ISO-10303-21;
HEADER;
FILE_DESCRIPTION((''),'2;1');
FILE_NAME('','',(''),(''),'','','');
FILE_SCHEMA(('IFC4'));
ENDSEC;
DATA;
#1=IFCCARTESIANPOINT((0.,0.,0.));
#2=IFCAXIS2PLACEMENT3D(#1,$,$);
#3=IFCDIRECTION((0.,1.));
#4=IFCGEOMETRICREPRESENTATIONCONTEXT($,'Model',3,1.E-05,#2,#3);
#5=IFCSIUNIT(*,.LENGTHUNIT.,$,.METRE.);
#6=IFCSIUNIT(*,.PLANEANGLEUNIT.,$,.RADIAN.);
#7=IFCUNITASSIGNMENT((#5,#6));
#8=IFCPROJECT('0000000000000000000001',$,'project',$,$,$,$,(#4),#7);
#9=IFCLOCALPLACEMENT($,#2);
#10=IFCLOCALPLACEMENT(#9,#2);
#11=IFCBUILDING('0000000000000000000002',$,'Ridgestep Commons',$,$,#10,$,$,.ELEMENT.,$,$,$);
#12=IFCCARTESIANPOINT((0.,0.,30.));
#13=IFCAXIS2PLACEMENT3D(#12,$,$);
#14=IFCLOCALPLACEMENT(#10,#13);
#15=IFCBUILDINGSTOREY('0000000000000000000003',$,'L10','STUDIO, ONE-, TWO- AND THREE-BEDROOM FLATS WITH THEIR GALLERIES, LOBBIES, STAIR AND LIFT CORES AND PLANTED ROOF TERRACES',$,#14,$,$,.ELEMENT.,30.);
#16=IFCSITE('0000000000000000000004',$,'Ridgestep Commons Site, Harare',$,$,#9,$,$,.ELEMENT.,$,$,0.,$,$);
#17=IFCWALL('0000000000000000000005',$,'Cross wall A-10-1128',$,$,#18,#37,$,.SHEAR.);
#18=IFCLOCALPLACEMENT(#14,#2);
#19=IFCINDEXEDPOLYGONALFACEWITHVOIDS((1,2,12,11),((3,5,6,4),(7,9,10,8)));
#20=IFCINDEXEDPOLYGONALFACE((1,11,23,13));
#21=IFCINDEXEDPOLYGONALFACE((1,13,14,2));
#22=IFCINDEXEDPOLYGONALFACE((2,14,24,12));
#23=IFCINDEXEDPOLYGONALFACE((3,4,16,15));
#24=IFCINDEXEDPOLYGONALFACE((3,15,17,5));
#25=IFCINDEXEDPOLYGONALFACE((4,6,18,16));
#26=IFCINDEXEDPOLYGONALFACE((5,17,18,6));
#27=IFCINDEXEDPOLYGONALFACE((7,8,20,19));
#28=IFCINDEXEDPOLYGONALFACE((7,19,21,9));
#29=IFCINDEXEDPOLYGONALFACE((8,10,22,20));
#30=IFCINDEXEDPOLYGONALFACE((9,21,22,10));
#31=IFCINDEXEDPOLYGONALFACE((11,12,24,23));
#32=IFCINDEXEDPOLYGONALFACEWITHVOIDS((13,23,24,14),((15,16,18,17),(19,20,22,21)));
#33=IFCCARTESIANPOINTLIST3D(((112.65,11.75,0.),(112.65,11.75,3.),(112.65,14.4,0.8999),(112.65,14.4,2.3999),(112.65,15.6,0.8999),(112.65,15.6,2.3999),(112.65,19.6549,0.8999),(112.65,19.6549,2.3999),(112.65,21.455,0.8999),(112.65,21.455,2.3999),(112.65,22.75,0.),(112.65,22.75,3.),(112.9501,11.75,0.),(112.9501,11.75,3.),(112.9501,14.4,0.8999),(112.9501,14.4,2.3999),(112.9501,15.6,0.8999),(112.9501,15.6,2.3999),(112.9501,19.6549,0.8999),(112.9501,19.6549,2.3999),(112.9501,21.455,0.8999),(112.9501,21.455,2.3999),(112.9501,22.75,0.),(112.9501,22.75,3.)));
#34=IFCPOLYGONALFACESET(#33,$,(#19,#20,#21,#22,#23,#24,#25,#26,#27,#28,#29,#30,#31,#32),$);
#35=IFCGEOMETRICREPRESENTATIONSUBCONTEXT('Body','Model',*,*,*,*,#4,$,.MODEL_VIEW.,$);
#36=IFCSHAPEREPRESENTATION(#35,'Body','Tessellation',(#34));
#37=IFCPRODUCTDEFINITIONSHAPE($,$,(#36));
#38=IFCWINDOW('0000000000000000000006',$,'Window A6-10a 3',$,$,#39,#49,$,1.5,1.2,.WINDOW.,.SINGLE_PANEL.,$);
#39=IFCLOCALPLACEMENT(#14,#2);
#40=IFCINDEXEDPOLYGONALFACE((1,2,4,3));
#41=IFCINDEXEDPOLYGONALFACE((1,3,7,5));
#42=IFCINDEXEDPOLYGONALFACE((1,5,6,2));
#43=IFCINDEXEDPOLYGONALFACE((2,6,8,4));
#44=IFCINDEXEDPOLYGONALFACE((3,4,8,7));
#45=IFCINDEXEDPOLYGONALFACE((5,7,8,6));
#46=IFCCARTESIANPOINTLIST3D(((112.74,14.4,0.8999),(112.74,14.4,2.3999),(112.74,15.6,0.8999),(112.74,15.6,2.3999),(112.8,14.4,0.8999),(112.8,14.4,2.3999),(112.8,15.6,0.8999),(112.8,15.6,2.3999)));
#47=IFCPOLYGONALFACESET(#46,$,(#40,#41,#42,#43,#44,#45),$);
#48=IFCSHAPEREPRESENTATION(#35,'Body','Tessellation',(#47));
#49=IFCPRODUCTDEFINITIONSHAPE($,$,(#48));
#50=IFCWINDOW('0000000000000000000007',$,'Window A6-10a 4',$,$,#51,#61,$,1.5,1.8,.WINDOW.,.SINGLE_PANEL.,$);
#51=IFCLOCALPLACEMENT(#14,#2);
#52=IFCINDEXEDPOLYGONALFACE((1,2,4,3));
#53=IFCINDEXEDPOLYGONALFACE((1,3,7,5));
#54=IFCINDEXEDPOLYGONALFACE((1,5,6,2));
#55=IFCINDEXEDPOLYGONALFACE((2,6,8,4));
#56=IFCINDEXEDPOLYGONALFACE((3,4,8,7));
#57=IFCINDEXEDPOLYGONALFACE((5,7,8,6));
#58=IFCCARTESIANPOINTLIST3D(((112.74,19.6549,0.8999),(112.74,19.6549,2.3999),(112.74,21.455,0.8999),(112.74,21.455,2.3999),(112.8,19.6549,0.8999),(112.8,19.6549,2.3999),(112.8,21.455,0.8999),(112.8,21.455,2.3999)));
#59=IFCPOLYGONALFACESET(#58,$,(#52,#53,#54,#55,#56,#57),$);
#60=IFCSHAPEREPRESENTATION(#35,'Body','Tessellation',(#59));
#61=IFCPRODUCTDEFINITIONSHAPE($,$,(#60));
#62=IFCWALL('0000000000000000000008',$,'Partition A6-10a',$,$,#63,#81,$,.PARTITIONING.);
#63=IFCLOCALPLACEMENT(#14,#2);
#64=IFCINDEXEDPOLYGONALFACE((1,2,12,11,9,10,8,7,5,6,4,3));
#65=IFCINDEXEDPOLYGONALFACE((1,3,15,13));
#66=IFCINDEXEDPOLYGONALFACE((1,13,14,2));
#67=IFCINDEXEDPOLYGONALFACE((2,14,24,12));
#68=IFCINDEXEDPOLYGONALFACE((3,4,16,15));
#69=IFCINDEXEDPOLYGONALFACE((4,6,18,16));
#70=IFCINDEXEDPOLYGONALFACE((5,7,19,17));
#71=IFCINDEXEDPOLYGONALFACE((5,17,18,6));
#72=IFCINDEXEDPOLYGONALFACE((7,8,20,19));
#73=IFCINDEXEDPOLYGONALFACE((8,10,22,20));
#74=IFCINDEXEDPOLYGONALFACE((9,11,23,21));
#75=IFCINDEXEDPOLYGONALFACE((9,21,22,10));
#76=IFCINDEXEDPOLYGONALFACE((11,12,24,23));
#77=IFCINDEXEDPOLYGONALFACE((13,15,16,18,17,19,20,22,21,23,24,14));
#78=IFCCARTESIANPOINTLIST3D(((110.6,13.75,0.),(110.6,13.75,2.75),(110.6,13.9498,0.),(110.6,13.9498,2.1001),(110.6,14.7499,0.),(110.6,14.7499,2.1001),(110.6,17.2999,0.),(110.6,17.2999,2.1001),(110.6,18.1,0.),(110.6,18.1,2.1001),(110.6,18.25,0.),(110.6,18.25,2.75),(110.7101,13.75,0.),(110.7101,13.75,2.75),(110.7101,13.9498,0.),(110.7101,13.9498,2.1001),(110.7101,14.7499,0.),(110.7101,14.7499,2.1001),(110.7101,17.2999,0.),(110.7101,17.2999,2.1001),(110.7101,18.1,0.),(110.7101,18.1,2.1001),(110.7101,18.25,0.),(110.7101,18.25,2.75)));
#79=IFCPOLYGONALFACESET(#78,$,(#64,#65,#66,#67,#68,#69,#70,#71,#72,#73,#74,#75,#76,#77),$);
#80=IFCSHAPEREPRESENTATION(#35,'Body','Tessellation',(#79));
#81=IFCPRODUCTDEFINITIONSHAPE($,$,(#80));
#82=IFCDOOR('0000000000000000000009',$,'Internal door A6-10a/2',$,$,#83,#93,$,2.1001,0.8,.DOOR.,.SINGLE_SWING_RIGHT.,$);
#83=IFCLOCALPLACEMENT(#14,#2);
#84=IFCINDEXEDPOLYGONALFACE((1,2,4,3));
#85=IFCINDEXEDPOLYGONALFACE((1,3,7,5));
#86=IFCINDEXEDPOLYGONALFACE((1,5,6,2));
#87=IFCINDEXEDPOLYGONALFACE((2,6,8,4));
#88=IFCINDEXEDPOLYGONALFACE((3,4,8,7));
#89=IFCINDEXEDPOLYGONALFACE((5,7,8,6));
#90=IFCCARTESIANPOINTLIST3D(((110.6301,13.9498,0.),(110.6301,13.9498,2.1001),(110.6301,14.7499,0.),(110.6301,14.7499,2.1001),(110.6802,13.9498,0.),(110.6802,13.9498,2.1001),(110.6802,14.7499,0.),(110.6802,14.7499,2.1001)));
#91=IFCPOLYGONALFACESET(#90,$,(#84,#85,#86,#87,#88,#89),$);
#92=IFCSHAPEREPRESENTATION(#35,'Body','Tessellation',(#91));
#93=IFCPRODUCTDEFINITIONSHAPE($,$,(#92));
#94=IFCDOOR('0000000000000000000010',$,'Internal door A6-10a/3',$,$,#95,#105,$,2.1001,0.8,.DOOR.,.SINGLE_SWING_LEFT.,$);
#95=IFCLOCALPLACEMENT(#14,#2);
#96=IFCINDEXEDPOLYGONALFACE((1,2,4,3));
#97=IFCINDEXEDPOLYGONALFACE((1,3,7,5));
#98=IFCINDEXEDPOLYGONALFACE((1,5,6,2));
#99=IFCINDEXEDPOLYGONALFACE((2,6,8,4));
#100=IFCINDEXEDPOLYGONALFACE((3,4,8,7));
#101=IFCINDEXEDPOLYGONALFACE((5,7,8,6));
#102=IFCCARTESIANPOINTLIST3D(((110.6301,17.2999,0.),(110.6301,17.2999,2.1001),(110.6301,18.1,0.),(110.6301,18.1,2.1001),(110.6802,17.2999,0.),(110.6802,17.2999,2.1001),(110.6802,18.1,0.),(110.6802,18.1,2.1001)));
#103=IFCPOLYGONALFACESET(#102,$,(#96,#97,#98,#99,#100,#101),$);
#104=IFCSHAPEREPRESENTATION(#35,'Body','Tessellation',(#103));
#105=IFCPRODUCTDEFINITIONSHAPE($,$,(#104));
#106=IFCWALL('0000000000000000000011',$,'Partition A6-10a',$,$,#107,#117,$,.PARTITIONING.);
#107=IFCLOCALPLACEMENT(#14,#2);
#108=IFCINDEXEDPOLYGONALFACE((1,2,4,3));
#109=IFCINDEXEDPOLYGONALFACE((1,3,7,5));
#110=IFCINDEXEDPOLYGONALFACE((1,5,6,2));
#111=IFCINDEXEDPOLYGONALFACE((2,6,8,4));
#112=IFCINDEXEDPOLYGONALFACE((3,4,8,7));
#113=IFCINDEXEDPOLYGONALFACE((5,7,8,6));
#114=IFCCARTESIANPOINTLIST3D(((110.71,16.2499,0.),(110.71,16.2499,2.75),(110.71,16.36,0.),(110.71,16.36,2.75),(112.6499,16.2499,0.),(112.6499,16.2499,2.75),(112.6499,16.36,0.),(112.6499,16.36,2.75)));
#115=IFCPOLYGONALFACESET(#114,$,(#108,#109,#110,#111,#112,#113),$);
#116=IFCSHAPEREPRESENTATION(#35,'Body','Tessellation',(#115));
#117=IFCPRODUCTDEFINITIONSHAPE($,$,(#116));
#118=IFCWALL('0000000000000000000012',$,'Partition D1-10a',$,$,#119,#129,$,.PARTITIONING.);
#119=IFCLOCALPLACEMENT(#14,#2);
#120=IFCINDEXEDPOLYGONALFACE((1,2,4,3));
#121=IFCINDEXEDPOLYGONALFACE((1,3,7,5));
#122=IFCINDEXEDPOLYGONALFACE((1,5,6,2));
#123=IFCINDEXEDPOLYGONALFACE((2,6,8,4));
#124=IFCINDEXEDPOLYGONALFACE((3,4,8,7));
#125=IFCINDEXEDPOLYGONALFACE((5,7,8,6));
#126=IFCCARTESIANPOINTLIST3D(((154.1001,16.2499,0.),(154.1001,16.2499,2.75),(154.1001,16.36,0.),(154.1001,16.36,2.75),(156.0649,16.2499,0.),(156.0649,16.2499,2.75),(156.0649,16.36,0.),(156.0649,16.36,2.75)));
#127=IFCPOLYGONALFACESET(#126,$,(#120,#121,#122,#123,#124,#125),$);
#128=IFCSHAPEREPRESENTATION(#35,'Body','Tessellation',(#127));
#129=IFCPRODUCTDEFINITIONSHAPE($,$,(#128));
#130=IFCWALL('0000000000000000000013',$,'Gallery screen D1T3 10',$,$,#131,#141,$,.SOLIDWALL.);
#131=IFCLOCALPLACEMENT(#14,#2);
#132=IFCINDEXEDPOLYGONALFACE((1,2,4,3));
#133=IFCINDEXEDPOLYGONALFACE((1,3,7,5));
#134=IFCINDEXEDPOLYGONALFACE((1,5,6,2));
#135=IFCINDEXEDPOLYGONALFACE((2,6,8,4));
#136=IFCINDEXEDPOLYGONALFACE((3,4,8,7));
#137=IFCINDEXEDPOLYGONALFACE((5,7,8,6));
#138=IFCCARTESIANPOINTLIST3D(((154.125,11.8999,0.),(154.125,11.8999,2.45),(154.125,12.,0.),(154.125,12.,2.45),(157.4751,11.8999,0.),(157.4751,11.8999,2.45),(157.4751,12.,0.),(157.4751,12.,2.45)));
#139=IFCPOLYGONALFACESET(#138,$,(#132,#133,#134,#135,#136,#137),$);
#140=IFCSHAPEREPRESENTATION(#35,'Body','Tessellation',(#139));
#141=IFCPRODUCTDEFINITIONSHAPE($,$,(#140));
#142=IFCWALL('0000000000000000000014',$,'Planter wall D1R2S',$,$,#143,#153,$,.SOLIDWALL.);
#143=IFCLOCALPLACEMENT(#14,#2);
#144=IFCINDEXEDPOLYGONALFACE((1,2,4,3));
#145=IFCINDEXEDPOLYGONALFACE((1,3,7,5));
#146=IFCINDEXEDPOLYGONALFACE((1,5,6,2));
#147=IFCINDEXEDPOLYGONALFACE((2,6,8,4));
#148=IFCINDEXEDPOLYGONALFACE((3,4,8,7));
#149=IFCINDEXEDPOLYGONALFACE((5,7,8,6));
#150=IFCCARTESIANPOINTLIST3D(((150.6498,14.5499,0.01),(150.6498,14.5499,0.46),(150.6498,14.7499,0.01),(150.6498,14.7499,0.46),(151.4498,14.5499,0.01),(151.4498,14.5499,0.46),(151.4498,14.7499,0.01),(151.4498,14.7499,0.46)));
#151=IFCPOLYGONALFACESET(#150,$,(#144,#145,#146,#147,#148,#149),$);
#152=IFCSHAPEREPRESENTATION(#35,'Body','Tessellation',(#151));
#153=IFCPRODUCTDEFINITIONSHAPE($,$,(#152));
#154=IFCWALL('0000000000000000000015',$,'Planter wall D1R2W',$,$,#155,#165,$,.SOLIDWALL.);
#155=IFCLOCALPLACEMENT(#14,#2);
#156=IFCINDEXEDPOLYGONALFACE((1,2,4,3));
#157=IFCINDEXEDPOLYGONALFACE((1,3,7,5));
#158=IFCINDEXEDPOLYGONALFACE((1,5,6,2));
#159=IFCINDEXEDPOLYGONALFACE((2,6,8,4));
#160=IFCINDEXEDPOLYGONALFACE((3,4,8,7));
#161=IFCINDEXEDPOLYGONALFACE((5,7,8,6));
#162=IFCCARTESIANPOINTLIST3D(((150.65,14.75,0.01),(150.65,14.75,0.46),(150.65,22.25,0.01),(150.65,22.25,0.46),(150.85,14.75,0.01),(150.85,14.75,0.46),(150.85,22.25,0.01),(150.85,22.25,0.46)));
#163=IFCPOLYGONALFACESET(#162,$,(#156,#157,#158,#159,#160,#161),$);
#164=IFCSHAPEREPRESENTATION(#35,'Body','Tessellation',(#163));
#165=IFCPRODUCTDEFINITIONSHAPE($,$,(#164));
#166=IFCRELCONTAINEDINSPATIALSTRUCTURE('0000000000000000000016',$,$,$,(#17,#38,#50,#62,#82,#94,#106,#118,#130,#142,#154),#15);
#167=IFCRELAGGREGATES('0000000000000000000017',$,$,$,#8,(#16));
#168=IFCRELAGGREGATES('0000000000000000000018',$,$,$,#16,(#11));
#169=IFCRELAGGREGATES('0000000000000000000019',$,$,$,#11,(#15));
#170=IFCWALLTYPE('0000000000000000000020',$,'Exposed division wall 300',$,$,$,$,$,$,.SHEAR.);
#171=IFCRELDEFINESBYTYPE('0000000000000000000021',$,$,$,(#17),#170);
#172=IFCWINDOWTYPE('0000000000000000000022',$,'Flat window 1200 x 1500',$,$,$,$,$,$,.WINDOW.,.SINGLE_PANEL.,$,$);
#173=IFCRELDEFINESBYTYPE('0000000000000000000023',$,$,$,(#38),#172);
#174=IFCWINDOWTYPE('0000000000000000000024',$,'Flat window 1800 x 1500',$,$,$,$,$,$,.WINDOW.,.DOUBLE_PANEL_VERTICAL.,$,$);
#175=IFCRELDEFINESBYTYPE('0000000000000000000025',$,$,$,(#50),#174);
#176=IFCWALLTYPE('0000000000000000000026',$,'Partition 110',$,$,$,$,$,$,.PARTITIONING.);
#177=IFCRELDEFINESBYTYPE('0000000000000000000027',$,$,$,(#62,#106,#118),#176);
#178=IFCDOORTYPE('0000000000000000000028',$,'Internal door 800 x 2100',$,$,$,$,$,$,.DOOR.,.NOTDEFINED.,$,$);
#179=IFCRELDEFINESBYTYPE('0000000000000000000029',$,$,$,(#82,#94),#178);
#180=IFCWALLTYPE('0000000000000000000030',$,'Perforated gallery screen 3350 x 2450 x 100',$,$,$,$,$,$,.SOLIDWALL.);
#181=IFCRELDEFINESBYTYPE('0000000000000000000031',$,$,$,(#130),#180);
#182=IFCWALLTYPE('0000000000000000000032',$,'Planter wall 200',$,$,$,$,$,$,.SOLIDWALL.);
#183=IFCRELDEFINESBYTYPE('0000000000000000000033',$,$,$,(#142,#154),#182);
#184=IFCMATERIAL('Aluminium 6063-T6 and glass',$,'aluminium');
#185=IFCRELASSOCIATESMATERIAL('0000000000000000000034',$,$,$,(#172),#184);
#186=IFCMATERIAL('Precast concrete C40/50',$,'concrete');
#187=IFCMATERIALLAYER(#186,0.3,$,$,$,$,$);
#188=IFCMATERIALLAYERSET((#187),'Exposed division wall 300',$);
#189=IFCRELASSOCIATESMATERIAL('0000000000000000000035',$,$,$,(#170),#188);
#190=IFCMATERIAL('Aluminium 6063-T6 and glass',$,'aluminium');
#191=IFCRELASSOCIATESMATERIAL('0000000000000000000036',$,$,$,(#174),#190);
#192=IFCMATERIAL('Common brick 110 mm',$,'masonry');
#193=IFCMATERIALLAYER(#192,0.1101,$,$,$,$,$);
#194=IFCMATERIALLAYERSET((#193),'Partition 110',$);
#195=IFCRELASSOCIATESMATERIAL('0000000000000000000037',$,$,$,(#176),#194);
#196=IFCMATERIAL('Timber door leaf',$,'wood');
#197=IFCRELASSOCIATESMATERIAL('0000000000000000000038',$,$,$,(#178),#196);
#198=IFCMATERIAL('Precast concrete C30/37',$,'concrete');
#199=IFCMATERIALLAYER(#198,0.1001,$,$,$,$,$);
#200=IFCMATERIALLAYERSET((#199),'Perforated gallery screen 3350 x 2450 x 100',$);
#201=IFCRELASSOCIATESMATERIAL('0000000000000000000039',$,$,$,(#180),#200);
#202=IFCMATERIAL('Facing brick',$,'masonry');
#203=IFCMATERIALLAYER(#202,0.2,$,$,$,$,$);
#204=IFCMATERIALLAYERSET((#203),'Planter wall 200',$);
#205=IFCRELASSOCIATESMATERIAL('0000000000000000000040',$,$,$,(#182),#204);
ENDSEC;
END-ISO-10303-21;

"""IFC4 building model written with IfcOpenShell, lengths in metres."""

from ifc_helpers import new_model, si_unit, direction, frame, frame_2d, origin, place, context, subcontext, project, spatial, rectangle, extrude, material, layer, layer_set, type_object, element, fill, save


model = new_model("IFC4")

# Units and contexts
model_context = context("Model", 3, precision=1e-05, world=origin(), true_north=direction((0.0, 1.0)))
body_context = subcontext(model_context, "Body", "Model", "MODEL_VIEW")
ifc_project = project(units=[si_unit("LENGTHUNIT", "METRE"), si_unit("PLANEANGLEUNIT", "RADIAN")], contexts=[model_context])

# Site, building, storey
site_placement = place(None, origin())
site = spatial("IfcSite", under=ifc_project, at=site_placement, Name="Ridgestep Commons Site, Harare", CompositionType="ELEMENT", RefElevation=0.0)
building_placement = place(site_placement, origin())
building = spatial("IfcBuilding", under=site, at=building_placement, Name="Ridgestep Commons", CompositionType="ELEMENT")
storey_placement = place(building_placement, frame((0.0, 0.0, 30.0)))
storey = spatial("IfcBuildingStorey", under=building, at=storey_placement, Name="L10", Description="STUDIO, ONE-, TWO- AND THREE-BEDROOM FLATS WITH THEIR GALLERIES, LOBBIES, STAIR AND LIFT CORES AND PLANTED ROOF TERRACES", CompositionType="ELEMENT", Elevation=30.0)

# Shared definitions
ifc_material_1 = material(Name="Aluminium 6063-T6 and glass", Category="aluminium")
window_type_1 = type_object("IfcWindowType", Name="Flat window 1200 x 1500", PartitioningType="SINGLE_PANEL", PredefinedType="WINDOW", material=ifc_material_1)

# Wall, openings, windows
ifc_material_2 = material(Name="Precast concrete C40/50", Category="concrete")
ifc_layer_1 = layer(ifc_material_2, 0.3)
ifc_layer_set_1 = layer_set([ifc_layer_1], Name="Exposed division wall 300")
wall_type_1 = type_object("IfcWallType", Name="Exposed division wall 300", PredefinedType="SHEAR", material=ifc_layer_set_1)
wall_1_placement = place(storey_placement, frame((112.8, 11.75, 0.0), z_axis=(0.0, 0.0, 1.0), x_axis=(0.0, 1.0, 0.0)))
wall_1 = element("IfcWall", 1, at=wall_1_placement, inside=storey, type_object=wall_type_1, Name="Cross wall A-10-1128", PredefinedType="SHEAR", context=body_context, shape_type="SweptSolid", body=[
    extrude(rectangle(XDim=11.0, YDim=0.3, at=frame_2d((5.5, 0.0))), origin(), (0.0, 0.0, 1.0), 3.0),
])
opening_1_placement = place(wall_1_placement, frame((2.6499, 0.0, 0.8999)))
opening_1 = element("IfcOpeningElement", 2, at=opening_1_placement, cuts=wall_1, PredefinedType="OPENING", context=body_context, shape_type="SweptSolid", body=[
    extrude(rectangle(XDim=1.2, YDim=1.5, at=frame_2d((0.6001, 0.75))), frame((0.0, 0.1599, 0.0), z_axis=(0.0, -1.0, 0.0), x_axis=(1.0, 0.0, 0.0)), (0.0, 0.0, 1.0), 0.3201),
])
opening_2_placement = place(wall_1_placement, frame((7.905, 0.0, 0.8999)))
opening_2 = element("IfcOpeningElement", 3, at=opening_2_placement, cuts=wall_1, PredefinedType="OPENING", context=body_context, shape_type="SweptSolid", body=[
    extrude(rectangle(XDim=1.8, YDim=1.5, at=frame_2d((0.8999, 0.75))), frame((0.0, 0.1599, 0.0), z_axis=(0.0, -1.0, 0.0), x_axis=(1.0, 0.0, 0.0)), (0.0, 0.0, 1.0), 0.3201),
])
window_1_placement = place(opening_1_placement, origin())
window_1 = element("IfcWindow", 4, at=window_1_placement, inside=storey, type_object=window_type_1, Name="Window A6-10a 3", OverallHeight=1.5, OverallWidth=1.2, PartitioningType="SINGLE_PANEL", PredefinedType="WINDOW", context=body_context, shape_type="SweptSolid", body=[
    extrude(rectangle(XDim=1.2, YDim=1.5, at=frame_2d((0.6001, 0.75))), frame((0.0, 0.0601, 0.0), z_axis=(0.0, -1.0, 0.0), x_axis=(1.0, 0.0, 0.0)), (0.0, 0.0, 1.0), 0.0601),
])
fill(opening_1, window_1)
ifc_material_3 = material(Name="Aluminium 6063-T6 and glass", Category="aluminium")
window_type_2 = type_object("IfcWindowType", Name="Flat window 1800 x 1500", PartitioningType="DOUBLE_PANEL_VERTICAL", PredefinedType="WINDOW", material=ifc_material_3)
window_2_placement = place(opening_2_placement, origin())
window_2 = element("IfcWindow", 5, at=window_2_placement, inside=storey, type_object=window_type_2, Name="Window A6-10a 4", OverallHeight=1.5, OverallWidth=1.8, PartitioningType="SINGLE_PANEL", PredefinedType="WINDOW", context=body_context, shape_type="SweptSolid", body=[
    extrude(rectangle(XDim=1.8, YDim=1.5, at=frame_2d((0.8999, 0.75))), frame((0.0, 0.0601, 0.0), z_axis=(0.0, -1.0, 0.0), x_axis=(1.0, 0.0, 0.0)), (0.0, 0.0, 1.0), 0.0601),
])
fill(opening_2, window_2)

# Wall, openings, doors
ifc_material_4 = material(Name="Common brick 110 mm", Category="masonry")
ifc_layer_2 = layer(ifc_material_4, 0.1101)
ifc_layer_set_2 = layer_set([ifc_layer_2], Name="Partition 110")
wall_type_2 = type_object("IfcWallType", Name="Partition 110", PredefinedType="PARTITIONING", material=ifc_layer_set_2)
wall_2_placement = place(storey_placement, frame((110.655, 13.75, 0.0), z_axis=(0.0, 0.0, 1.0), x_axis=(0.0, 1.0, 0.0)))
wall_2 = element("IfcWall", 6, at=wall_2_placement, inside=storey, type_object=wall_type_2, Name="Partition A6-10a", PredefinedType="PARTITIONING", context=body_context, shape_type="SweptSolid", body=[
    extrude(rectangle(XDim=4.5, YDim=0.1101, at=frame_2d((2.25, 0.0))), origin(), (0.0, 0.0, 1.0), 2.75),
])
opening_3_placement = place(wall_2_placement, frame((0.2, 0.0, 0.0)))
opening_3 = element("IfcOpeningElement", 7, at=opening_3_placement, cuts=wall_2, PredefinedType="OPENING", context=body_context, shape_type="SweptSolid", body=[
    extrude(rectangle(XDim=0.8, YDim=2.1001, at=frame_2d((0.3999, 1.05))), frame((0.0, 0.0649, 0.0), z_axis=(0.0, -1.0, 0.0), x_axis=(1.0, 0.0, 0.0)), (0.0, 0.0, 1.0), 0.1301),
])
opening_4_placement = place(wall_2_placement, frame((3.55, 0.0, 0.0)))
opening_4 = element("IfcOpeningElement", 8, at=opening_4_placement, cuts=wall_2, PredefinedType="OPENING", context=body_context, shape_type="SweptSolid", body=[
    extrude(rectangle(XDim=0.8, YDim=2.1001, at=frame_2d((0.3999, 1.05))), frame((0.0, 0.0649, 0.0), z_axis=(0.0, -1.0, 0.0), x_axis=(1.0, 0.0, 0.0)), (0.0, 0.0, 1.0), 0.1301),
])
ifc_material_5 = material(Name="Timber door leaf", Category="wood")
door_type_1 = type_object("IfcDoorType", Name="Internal door 800 x 2100", OperationType="NOTDEFINED", PredefinedType="DOOR", material=ifc_material_5)
door_1_placement = place(opening_3_placement, origin())
door_1 = element("IfcDoor", 9, at=door_1_placement, inside=storey, type_object=door_type_1, Name="Internal door A6-10a/2", OperationType="SINGLE_SWING_RIGHT", OverallHeight=2.1001, OverallWidth=0.8, PredefinedType="DOOR", context=body_context, shape_type="SweptSolid", body=[
    extrude(rectangle(XDim=0.8, YDim=2.1001, at=frame_2d((0.3999, 1.05))), frame((0.0, 0.0249, 0.0), z_axis=(0.0, -1.0, 0.0), x_axis=(1.0, 0.0, 0.0)), (0.0, 0.0, 1.0), 0.05),
])
fill(opening_3, door_1)
door_2_placement = place(opening_4_placement, origin())
door_2 = element("IfcDoor", 10, at=door_2_placement, inside=storey, type_object=door_type_1, Name="Internal door A6-10a/3", OperationType="SINGLE_SWING_LEFT", OverallHeight=2.1001, OverallWidth=0.8, PredefinedType="DOOR", context=body_context, shape_type="SweptSolid", body=[
    extrude(rectangle(XDim=0.8, YDim=2.1001, at=frame_2d((0.3999, 1.05))), frame((0.0, 0.0249, 0.0), z_axis=(0.0, -1.0, 0.0), x_axis=(1.0, 0.0, 0.0)), (0.0, 0.0, 1.0), 0.05),
])
fill(opening_4, door_2)

# Walls
wall_3_placement = place(storey_placement, frame((110.71, 16.3049, 0.0), z_axis=(0.0, 0.0, 1.0), x_axis=(1.0, 0.0, 0.0)))
element("IfcWall", 11, at=wall_3_placement, inside=storey, type_object=wall_type_2, Name="Partition A6-10a", PredefinedType="PARTITIONING", context=body_context, shape_type="SweptSolid", body=[
    extrude(rectangle(XDim=1.9399, YDim=0.1101, at=frame_2d((0.97, 0.0))), origin(), (0.0, 0.0, 1.0), 2.75),
])
wall_4_placement = place(storey_placement, frame((154.1001, 16.3049, 0.0), z_axis=(0.0, 0.0, 1.0), x_axis=(1.0, 0.0, 0.0)))
element("IfcWall", 12, at=wall_4_placement, inside=storey, type_object=wall_type_2, Name="Partition D1-10a", PredefinedType="PARTITIONING", context=body_context, shape_type="SweptSolid", body=[
    extrude(rectangle(XDim=1.9648, YDim=0.1101, at=frame_2d((0.9824, 0.0))), origin(), (0.0, 0.0, 1.0), 2.75),
])
ifc_material_6 = material(Name="Precast concrete C30/37", Category="concrete")
ifc_layer_3 = layer(ifc_material_6, 0.1001)
ifc_layer_set_3 = layer_set([ifc_layer_3], Name="Perforated gallery screen 3350 x 2450 x 100")
wall_type_3 = type_object("IfcWallType", Name="Perforated gallery screen 3350 x 2450 x 100", PredefinedType="SOLIDWALL", material=ifc_layer_set_3)
wall_5_placement = place(storey_placement, frame((154.125, 11.95, 0.0), z_axis=(0.0, 0.0, 1.0), x_axis=(1.0, 0.0, 0.0)))
element("IfcWall", 13, at=wall_5_placement, inside=storey, type_object=wall_type_3, Name="Gallery screen D1T3 10", PredefinedType="SOLIDWALL", context=body_context, shape_type="SweptSolid", body=[
    extrude(rectangle(XDim=3.3501, YDim=0.1001, at=frame_2d((1.675, 0.0))), origin(), (0.0, 0.0, 1.0), 2.45),
])
ifc_material_7 = material(Name="Facing brick", Category="masonry")
ifc_layer_4 = layer(ifc_material_7, 0.2)
ifc_layer_set_4 = layer_set([ifc_layer_4], Name="Planter wall 200")
wall_type_4 = type_object("IfcWallType", Name="Planter wall 200", PredefinedType="SOLIDWALL", material=ifc_layer_set_4)
wall_6_placement = place(storey_placement, frame((150.6499, 14.6499, 0.01), z_axis=(0.0, 0.0, 1.0), x_axis=(1.0, 0.0, 0.0)))
element("IfcWall", 14, at=wall_6_placement, inside=storey, type_object=wall_type_4, Name="Planter wall D1R2S", PredefinedType="SOLIDWALL", context=body_context, shape_type="SweptSolid", body=[
    extrude(rectangle(XDim=0.8, YDim=0.2, at=frame_2d((0.3999, 0.0))), origin(), (0.0, 0.0, 1.0), 0.45),
])
for number, where, z_axis, x_axis, name in (
    (15, (150.75, 14.75, 0.01), (0.0, 0.0, 1.0), (0.0, 1.0, 0.0), "Planter wall D1R2W"),
):
    element("IfcWall", number, at=place(storey_placement, frame(where, z_axis=z_axis, x_axis=x_axis)), inside=storey, type_object=wall_type_4, Name=name, PredefinedType="SOLIDWALL", context=body_context, shape_type="SweptSolid", body=[
        extrude(rectangle(XDim=7.5, YDim=0.2, at=frame_2d((3.75, 0.0))), origin(), (0.0, 0.0, 1.0), 0.45),
    ])

save(model, "model.ifc")
